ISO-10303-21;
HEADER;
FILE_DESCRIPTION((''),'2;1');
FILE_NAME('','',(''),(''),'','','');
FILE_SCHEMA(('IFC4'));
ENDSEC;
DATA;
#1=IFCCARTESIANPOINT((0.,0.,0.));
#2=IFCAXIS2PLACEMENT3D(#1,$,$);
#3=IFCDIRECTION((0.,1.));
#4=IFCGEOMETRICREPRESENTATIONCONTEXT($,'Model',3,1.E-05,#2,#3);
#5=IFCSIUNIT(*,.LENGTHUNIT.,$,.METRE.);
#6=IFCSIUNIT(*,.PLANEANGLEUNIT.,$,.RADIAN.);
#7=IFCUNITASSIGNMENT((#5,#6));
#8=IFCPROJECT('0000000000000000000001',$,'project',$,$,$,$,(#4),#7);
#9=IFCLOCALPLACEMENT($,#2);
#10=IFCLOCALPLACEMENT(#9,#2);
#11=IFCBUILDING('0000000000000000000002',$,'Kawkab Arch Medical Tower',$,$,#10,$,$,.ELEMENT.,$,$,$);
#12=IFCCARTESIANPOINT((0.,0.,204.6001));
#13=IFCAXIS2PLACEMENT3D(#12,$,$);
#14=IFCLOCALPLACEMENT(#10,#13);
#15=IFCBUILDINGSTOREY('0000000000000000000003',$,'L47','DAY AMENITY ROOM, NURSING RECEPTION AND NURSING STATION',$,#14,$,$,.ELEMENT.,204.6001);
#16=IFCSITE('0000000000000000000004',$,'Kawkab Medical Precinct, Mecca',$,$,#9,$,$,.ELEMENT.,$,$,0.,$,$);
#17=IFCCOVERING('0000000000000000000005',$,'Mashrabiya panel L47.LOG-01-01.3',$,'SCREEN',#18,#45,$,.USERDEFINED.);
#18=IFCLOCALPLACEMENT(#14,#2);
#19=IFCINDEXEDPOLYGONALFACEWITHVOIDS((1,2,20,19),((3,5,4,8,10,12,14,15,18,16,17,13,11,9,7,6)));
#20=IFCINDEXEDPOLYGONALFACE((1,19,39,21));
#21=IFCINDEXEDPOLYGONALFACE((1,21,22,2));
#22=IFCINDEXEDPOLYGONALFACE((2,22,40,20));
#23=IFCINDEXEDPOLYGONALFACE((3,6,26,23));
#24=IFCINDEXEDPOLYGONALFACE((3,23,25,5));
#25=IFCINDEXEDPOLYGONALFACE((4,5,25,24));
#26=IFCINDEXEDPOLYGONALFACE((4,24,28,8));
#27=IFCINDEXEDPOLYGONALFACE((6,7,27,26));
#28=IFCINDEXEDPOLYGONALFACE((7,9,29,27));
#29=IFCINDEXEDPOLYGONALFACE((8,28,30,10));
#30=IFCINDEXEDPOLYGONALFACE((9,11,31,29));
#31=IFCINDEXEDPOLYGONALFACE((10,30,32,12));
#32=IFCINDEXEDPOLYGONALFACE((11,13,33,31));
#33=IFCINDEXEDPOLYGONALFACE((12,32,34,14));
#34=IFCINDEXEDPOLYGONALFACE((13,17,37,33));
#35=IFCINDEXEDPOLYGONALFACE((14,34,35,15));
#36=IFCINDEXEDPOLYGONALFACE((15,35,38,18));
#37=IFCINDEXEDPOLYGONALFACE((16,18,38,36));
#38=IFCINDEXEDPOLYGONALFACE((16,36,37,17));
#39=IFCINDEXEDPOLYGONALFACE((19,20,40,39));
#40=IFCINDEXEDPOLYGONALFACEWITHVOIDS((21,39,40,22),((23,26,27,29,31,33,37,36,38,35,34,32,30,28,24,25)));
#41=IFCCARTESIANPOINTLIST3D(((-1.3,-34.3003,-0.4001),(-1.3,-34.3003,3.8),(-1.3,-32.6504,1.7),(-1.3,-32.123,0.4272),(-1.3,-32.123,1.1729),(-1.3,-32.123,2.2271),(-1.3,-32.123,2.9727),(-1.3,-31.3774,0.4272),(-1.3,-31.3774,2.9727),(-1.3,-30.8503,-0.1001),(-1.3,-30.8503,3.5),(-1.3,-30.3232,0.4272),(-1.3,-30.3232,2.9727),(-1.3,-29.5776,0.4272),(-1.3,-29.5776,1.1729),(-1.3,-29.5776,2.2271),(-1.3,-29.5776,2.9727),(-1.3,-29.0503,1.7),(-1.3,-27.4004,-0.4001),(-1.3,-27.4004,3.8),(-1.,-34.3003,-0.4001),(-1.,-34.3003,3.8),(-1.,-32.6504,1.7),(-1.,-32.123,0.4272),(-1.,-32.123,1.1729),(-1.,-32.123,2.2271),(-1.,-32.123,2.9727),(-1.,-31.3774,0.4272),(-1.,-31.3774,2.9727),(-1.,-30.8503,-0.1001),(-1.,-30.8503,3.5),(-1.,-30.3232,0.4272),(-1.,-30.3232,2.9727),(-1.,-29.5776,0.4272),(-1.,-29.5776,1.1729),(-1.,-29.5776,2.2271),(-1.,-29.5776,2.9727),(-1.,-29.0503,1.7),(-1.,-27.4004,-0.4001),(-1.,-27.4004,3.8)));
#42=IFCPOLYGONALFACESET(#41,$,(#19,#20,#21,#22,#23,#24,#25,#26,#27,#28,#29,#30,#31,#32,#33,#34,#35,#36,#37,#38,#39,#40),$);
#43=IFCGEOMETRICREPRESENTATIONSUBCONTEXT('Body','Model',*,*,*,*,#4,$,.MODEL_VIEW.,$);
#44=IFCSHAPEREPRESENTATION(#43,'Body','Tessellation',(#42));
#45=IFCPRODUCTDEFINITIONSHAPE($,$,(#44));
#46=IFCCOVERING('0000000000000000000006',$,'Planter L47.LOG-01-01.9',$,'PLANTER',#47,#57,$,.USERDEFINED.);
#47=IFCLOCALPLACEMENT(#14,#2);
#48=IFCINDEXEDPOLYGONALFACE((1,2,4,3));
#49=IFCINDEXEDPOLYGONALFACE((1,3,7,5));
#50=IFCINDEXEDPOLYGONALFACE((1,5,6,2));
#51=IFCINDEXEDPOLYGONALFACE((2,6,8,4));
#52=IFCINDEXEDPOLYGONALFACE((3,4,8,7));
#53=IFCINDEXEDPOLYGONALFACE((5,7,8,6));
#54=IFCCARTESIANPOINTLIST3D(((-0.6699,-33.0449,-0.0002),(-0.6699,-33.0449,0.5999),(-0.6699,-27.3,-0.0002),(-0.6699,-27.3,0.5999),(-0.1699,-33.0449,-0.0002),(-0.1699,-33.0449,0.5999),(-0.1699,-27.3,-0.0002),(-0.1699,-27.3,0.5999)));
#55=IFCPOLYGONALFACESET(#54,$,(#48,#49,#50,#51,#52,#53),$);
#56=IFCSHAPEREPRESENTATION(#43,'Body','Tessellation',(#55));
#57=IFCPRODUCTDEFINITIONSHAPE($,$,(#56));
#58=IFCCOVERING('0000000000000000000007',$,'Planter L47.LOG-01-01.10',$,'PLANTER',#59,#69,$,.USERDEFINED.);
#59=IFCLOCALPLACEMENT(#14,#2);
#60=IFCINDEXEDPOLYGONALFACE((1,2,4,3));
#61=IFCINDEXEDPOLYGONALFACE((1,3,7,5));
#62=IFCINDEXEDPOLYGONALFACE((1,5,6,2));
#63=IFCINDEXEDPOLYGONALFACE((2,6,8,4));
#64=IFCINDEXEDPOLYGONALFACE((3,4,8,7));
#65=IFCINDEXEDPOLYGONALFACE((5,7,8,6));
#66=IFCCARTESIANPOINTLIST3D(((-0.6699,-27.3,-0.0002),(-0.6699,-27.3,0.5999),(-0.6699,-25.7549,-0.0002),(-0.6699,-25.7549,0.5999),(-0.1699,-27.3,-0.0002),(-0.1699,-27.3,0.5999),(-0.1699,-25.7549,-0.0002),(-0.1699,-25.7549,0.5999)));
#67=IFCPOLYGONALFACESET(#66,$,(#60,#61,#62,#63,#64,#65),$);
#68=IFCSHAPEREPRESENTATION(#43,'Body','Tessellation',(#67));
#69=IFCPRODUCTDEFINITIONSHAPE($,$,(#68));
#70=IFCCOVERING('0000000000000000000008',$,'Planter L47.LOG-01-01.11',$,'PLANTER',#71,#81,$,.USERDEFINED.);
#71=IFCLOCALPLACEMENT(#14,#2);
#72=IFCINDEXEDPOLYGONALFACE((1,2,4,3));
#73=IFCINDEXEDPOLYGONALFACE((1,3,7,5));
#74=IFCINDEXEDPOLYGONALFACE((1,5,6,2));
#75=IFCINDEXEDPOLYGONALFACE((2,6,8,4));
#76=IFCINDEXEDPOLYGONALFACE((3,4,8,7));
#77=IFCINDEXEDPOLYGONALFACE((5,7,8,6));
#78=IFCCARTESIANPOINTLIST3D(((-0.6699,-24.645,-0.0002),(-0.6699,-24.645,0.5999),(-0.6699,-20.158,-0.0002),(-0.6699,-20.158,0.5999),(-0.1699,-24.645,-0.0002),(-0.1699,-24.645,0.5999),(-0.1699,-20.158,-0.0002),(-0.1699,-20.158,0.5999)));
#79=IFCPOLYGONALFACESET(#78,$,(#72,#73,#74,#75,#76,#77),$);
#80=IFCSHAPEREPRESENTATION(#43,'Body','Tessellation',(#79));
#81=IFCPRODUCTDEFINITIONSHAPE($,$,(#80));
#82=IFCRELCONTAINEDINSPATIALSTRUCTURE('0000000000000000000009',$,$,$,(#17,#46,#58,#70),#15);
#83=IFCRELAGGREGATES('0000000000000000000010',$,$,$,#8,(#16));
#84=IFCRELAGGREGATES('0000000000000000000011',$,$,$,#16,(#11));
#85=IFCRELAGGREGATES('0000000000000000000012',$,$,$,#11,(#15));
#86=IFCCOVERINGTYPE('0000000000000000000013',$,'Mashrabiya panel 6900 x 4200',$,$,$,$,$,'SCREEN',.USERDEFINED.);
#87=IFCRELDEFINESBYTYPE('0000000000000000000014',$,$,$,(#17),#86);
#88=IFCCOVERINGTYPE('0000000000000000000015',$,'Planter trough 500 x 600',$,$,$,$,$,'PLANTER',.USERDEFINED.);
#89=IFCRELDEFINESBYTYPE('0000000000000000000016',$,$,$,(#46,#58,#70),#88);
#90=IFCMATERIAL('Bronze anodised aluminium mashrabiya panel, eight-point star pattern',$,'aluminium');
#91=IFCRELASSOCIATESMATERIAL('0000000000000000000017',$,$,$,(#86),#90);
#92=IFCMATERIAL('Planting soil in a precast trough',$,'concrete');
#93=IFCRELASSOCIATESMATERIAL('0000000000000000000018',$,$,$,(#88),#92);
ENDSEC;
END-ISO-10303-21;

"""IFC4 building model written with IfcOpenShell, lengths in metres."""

from ifc_helpers import new_model, si_unit, direction, frame, origin, origin_2d, place, context, subcontext, project, spatial, polyline, rectangle, outline, extrude, material, material_profile, profile_set, type_object, element, save


model = new_model("IFC4")

# Units and contexts
model_context = context("Model", 3, precision=1e-05, world=origin(), true_north=direction((0.0, 1.0)))
body_context = subcontext(model_context, "Body", "Model", "MODEL_VIEW")
ifc_project = project(units=[si_unit("LENGTHUNIT", "METRE"), si_unit("PLANEANGLEUNIT", "RADIAN")], contexts=[model_context])

# Site, building, storey
site_placement = place(None, origin())
site = spatial("IfcSite", under=ifc_project, at=site_placement, Name="Kawkab Medical Precinct, Mecca", CompositionType="ELEMENT", RefElevation=0.0)
building_placement = place(site_placement, origin())
building = spatial("IfcBuilding", under=site, at=building_placement, Name="Kawkab Arch Medical Tower", CompositionType="ELEMENT")
storey_placement = place(building_placement, frame((0.0, 0.0, 204.6001)))
storey = spatial("IfcBuildingStorey", under=building, at=storey_placement, Name="L47", Description="DAY AMENITY ROOM, NURSING RECEPTION AND NURSING STATION", CompositionType="ELEMENT", Elevation=204.6001)

# Coverings
ifc_material_1 = material(Name="Bronze anodised aluminium mashrabiya panel, eight-point star pattern", Category="aluminium")
ifc_material_profile_1 = material_profile(ifc_material_1, outline(polyline([(-3.45, -2.1001), (3.45, -2.1001), (3.45, 2.1001), (-3.45, 2.1001), (-3.45, -2.1001)]), holes=[polyline([(1.8, 0.0), (1.2727, 0.5271), (1.2727, 1.2727), (0.5271, 1.2727), (0.0, 1.8), (-0.5271, 1.2727), (-1.2727, 1.2727), (-1.2727, 0.5271), (-1.8, 0.0), (-1.2727, -0.5271), (-1.2727, -1.2727), (-0.5271, -1.2727), (0.0, -1.8), (0.5271, -1.2727), (1.2727, -1.2727), (1.2727, -0.5271), (1.8, 0.0)])]), Name="Mashrabiya panel 6900x4200")
ifc_profile_set_1 = profile_set([ifc_material_profile_1], Name="Bronze anodised aluminium mashrabiya panel, eight-point star pattern")
covering_type_1 = type_object("IfcCoveringType", Name="Mashrabiya panel 6900 x 4200", ElementType="SCREEN", PredefinedType="USERDEFINED", material=ifc_profile_set_1)
covering_1_placement = place(storey_placement, frame((-1.0, -30.8503, 1.7), z_axis=(-1.0, 0.0, 0.0), x_axis=(0.0, -1.0, 0.0)))
element("IfcCovering", 1, at=covering_1_placement, inside=storey, type_object=covering_type_1, Name="Mashrabiya panel L47.LOG-01-01.3", ObjectType="SCREEN", PredefinedType="USERDEFINED", context=body_context, shape_type="SweptSolid", body=[
    extrude(outline(polyline([(-3.45, -2.1001), (3.45, -2.1001), (3.45, 2.1001), (-3.45, 2.1001), (-3.45, -2.1001)]), holes=[polyline([(1.8, 0.0), (1.2727, 0.5271), (1.2727, 1.2727), (0.5271, 1.2727), (0.0, 1.8), (-0.5271, 1.2727), (-1.2727, 1.2727), (-1.2727, 0.5271), (-1.8, 0.0), (-1.2727, -0.5271), (-1.2727, -1.2727), (-0.5271, -1.2727), (0.0, -1.8), (0.5271, -1.2727), (1.2727, -1.2727), (1.2727, -0.5271), (1.8, 0.0)])]), origin(), (0.0, 0.0, 1.0), 0.3),
])
ifc_material_2 = material(Name="Planting soil in a precast trough", Category="concrete")
ifc_material_profile_2 = material_profile(ifc_material_2, rectangle(XDim=0.5, YDim=0.6001, at=origin_2d()), Name="Trough 500x600")
ifc_profile_set_2 = profile_set([ifc_material_profile_2], Name="Planting soil in a precast trough")
covering_type_2 = type_object("IfcCoveringType", Name="Planter trough 500 x 600", ElementType="PLANTER", PredefinedType="USERDEFINED", material=ifc_profile_set_2)
covering_2_placement = place(storey_placement, frame((-0.4199, -33.0449, 0.2998), z_axis=(0.0, 1.0, 0.0), x_axis=(-1.0, 0.0, 0.0)))
element("IfcCovering", 2, at=covering_2_placement, inside=storey, type_object=covering_type_2, Name="Planter L47.LOG-01-01.9", ObjectType="PLANTER", PredefinedType="USERDEFINED", context=body_context, shape_type="SweptSolid", body=[
    extrude(rectangle(XDim=0.5, YDim=0.6001, at=origin_2d()), origin(), (0.0, 0.0, 1.0), 5.7449),
])
covering_3_placement = place(storey_placement, frame((-0.4199, -27.3, 0.2998), z_axis=(0.0, 1.0, 0.0), x_axis=(-1.0, 0.0, 0.0)))
element("IfcCovering", 3, at=covering_3_placement, inside=storey, type_object=covering_type_2, Name="Planter L47.LOG-01-01.10", ObjectType="PLANTER", PredefinedType="USERDEFINED", context=body_context, shape_type="SweptSolid", body=[
    extrude(rectangle(XDim=0.5, YDim=0.6001, at=origin_2d()), origin(), (0.0, 0.0, 1.0), 1.5452),
])
covering_4_placement = place(storey_placement, frame((-0.4199, -24.645, 0.2998), z_axis=(0.0, 1.0, 0.0), x_axis=(-1.0, 0.0, 0.0)))
element("IfcCovering", 4, at=covering_4_placement, inside=storey, type_object=covering_type_2, Name="Planter L47.LOG-01-01.11", ObjectType="PLANTER", PredefinedType="USERDEFINED", context=body_context, shape_type="SweptSolid", body=[
    extrude(rectangle(XDim=0.5, YDim=0.6001, at=origin_2d()), origin(), (0.0, 0.0, 1.0), 4.4871),
])

save(model, "model.ifc")
